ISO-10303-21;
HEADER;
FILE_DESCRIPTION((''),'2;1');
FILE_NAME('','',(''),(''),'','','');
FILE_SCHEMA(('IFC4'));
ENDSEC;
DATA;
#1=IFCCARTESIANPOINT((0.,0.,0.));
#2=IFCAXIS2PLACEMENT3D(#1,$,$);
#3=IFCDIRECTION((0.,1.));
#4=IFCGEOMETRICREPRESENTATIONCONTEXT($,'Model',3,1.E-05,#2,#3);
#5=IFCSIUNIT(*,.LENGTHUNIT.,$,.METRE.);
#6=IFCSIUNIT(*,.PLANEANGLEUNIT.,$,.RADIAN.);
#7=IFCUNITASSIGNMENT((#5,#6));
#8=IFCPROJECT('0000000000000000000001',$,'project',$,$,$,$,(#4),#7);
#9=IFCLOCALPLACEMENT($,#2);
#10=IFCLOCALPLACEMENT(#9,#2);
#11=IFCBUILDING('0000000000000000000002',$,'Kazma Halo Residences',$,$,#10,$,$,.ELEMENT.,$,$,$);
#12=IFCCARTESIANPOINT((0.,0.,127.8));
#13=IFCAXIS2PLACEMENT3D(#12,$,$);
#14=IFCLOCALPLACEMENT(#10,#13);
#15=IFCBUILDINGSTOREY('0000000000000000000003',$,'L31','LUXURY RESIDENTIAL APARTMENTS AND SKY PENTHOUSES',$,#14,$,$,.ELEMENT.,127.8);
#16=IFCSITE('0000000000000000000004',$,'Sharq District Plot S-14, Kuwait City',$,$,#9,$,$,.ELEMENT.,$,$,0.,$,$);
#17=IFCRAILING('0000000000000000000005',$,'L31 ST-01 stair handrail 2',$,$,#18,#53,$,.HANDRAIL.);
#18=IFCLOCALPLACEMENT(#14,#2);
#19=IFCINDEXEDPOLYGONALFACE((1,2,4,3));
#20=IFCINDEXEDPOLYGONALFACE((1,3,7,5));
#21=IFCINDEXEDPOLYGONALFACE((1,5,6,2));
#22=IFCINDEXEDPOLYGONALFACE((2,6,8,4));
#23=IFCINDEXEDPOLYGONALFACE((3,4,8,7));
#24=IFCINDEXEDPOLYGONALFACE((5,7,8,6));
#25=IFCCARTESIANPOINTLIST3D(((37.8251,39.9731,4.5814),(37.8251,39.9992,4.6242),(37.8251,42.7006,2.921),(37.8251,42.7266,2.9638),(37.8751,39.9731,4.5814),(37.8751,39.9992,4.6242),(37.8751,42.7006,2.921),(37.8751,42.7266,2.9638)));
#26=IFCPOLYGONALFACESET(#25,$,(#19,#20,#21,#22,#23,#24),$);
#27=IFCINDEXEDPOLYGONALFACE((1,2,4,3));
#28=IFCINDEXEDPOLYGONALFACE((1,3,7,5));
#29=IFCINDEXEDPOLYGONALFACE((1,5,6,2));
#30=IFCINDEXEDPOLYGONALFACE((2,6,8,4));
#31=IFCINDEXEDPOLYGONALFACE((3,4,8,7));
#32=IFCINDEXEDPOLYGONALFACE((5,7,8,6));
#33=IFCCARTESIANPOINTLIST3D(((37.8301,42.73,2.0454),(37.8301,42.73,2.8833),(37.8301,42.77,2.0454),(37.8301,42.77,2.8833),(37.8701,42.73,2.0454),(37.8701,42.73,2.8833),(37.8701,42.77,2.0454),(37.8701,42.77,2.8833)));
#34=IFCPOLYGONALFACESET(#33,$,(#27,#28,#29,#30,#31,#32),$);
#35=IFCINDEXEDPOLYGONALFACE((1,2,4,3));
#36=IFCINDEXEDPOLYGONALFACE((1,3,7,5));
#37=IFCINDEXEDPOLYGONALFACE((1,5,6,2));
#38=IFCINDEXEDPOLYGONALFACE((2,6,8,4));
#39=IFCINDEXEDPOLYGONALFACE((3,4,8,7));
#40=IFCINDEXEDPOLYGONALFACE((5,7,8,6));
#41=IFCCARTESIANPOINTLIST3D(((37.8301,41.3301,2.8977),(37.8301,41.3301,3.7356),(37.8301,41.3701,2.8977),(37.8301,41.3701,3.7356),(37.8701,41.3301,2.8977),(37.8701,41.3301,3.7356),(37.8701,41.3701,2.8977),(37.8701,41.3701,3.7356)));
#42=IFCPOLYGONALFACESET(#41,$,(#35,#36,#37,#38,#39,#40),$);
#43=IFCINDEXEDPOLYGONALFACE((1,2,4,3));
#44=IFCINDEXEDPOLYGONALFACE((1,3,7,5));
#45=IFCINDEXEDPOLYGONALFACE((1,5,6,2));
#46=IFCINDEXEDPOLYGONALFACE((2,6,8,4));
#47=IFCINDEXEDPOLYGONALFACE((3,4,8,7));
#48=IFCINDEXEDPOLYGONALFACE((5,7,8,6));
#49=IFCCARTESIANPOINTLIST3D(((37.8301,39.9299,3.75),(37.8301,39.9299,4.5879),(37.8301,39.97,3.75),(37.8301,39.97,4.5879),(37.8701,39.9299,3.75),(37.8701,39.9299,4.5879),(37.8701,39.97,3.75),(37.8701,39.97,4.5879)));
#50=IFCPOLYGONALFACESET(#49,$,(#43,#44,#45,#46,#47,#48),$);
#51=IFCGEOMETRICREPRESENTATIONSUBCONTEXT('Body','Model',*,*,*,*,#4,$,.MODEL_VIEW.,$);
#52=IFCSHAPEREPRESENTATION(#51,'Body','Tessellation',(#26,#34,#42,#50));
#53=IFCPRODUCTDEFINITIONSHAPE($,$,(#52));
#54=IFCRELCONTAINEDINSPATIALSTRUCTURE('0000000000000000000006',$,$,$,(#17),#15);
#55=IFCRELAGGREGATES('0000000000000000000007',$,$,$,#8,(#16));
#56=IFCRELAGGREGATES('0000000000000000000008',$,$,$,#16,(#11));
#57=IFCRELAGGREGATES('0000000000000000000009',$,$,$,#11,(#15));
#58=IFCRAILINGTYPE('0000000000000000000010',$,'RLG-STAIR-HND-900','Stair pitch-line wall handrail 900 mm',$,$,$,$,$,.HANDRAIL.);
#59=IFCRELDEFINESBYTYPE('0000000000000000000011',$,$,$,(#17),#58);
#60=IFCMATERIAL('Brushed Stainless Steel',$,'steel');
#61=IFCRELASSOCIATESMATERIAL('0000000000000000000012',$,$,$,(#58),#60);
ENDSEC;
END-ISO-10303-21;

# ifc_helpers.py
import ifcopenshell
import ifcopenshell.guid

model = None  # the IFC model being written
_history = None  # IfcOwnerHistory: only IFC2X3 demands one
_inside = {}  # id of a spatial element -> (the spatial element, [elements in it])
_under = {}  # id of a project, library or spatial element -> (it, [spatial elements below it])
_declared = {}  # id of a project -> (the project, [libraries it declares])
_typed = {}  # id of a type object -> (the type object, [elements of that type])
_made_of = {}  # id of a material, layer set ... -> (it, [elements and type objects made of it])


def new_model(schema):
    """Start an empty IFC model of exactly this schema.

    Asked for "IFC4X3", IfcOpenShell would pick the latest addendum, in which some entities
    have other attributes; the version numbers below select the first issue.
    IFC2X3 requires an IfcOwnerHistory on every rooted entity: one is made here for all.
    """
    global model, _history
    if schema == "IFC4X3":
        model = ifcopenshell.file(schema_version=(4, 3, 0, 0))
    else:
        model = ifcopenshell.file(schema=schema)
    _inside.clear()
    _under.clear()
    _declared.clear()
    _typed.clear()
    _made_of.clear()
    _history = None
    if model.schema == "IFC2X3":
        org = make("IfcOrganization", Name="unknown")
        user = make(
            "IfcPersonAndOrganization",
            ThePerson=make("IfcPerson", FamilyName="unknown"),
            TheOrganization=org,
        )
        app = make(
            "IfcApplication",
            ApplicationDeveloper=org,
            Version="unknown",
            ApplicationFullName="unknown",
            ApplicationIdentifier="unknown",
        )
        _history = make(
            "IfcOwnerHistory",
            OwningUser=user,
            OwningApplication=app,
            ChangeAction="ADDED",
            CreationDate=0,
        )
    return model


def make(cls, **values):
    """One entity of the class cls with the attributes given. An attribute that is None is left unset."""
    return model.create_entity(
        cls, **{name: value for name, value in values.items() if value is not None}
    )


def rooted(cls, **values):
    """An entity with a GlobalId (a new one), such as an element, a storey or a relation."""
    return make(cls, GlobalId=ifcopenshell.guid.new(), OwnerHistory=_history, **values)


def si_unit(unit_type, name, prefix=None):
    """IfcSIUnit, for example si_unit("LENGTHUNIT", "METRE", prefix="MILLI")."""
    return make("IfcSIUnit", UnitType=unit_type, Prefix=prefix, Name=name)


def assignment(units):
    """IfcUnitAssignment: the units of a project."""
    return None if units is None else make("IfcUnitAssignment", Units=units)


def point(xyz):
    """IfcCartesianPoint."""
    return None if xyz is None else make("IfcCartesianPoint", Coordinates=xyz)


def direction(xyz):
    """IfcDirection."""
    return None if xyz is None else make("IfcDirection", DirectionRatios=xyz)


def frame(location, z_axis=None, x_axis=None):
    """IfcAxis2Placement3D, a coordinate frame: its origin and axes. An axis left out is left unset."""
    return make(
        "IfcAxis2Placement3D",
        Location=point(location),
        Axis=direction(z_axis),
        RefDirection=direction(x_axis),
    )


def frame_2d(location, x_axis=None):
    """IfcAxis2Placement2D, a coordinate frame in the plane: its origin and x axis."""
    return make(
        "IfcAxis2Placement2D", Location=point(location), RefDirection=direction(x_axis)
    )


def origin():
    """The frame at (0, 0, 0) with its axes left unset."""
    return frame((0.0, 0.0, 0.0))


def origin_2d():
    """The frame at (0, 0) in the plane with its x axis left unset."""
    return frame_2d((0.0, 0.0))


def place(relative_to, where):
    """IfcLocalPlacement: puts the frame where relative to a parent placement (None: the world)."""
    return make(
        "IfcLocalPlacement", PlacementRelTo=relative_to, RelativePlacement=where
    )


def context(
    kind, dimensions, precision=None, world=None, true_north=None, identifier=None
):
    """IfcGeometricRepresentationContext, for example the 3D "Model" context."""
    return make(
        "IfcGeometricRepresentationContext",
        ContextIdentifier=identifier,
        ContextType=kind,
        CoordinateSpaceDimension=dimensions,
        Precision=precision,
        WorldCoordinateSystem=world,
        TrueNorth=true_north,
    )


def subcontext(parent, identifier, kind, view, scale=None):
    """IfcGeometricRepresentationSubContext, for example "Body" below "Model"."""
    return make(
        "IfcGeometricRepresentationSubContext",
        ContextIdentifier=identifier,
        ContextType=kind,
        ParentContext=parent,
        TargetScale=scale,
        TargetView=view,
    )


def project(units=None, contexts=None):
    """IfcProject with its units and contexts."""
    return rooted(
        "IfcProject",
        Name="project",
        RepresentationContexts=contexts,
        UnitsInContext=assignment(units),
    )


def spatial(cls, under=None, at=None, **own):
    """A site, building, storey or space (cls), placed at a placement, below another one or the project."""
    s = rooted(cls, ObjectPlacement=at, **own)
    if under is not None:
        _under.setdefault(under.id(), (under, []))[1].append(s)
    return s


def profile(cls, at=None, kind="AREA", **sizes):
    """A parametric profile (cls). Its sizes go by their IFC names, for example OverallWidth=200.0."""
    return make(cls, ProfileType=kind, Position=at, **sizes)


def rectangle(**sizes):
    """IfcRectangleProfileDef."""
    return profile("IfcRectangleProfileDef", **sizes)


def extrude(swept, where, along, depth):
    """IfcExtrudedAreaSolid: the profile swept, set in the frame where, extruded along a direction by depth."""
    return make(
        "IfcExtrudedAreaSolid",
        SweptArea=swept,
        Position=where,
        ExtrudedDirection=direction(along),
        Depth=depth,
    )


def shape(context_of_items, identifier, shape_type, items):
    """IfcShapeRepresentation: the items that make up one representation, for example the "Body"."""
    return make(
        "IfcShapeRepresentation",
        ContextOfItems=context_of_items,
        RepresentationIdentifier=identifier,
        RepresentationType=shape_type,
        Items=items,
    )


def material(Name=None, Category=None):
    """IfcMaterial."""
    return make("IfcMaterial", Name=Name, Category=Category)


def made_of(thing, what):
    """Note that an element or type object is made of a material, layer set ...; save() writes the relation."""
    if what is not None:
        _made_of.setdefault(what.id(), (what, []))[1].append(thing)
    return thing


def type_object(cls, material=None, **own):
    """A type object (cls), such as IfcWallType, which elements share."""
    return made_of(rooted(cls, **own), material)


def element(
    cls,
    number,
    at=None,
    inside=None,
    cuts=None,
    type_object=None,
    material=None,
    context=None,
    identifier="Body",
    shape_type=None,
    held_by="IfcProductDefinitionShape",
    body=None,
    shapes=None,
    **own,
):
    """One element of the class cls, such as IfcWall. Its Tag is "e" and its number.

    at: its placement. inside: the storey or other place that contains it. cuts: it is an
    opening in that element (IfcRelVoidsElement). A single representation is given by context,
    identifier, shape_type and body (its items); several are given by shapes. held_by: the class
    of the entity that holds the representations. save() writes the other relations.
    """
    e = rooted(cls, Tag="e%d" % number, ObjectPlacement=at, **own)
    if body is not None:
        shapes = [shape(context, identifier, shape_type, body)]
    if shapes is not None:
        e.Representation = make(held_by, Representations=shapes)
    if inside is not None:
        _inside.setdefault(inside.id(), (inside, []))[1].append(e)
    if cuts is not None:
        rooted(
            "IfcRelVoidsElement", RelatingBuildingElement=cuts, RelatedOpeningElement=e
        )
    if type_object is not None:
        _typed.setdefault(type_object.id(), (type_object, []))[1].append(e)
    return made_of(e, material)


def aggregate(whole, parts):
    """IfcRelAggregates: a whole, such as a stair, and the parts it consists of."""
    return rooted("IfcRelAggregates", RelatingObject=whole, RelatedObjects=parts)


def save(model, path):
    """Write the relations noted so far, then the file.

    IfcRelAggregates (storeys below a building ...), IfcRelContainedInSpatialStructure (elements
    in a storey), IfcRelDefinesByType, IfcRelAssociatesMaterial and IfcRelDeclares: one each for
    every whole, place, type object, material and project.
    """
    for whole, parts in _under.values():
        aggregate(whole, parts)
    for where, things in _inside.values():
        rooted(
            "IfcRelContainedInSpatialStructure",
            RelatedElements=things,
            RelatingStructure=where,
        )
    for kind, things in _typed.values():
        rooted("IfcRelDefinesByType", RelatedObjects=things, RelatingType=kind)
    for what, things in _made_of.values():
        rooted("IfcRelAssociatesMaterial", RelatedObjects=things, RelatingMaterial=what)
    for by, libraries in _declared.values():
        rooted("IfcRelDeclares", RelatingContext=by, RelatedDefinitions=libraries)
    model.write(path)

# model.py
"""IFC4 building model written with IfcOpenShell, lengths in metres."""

from ifc_helpers import new_model, si_unit, direction, frame, origin, origin_2d, place, context, subcontext, project, spatial, rectangle, extrude, material, type_object, element, save


model = new_model("IFC4")

# Units and contexts
model_context = context("Model", 3, precision=1e-05, world=origin(), true_north=direction((0.0, 1.0)))
body_context = subcontext(model_context, "Body", "Model", "MODEL_VIEW")
ifc_project = project(units=[si_unit("LENGTHUNIT", "METRE"), si_unit("PLANEANGLEUNIT", "RADIAN")], contexts=[model_context])

# Site, building, storey
site_placement = place(None, origin())
site = spatial("IfcSite", under=ifc_project, at=site_placement, Name="Sharq District Plot S-14, Kuwait City", CompositionType="ELEMENT", RefElevation=0.0)
building_placement = place(site_placement, origin())
building = spatial("IfcBuilding", under=site, at=building_placement, Name="Kazma Halo Residences", CompositionType="ELEMENT")
storey_placement = place(building_placement, frame((0.0, 0.0, 127.8)))
storey = spatial("IfcBuildingStorey", under=building, at=storey_placement, Name="L31", Description="LUXURY RESIDENTIAL APARTMENTS AND SKY PENTHOUSES", CompositionType="ELEMENT", Elevation=127.8)

# Railing
ifc_material_1 = material(Name="Brushed Stainless Steel", Category="steel")
railing_type_1 = type_object("IfcRailingType", Name="RLG-STAIR-HND-900", Description="Stair pitch-line wall handrail 900 mm", PredefinedType="HANDRAIL", material=ifc_material_1)
railing_1_placement = place(storey_placement, frame((37.8501, 42.75, 2.0454)))
element("IfcRailing", 1, at=railing_1_placement, inside=storey, type_object=railing_type_1, Name="L31 ST-01 stair handrail 2", PredefinedType="HANDRAIL", context=body_context, shape_type="SweptSolid", body=[
    extrude(rectangle(XDim=0.05, YDim=0.05, at=origin_2d()), frame((0.0, -0.0364, 0.897), z_axis=(0.0, -0.85417, 0.519994), x_axis=(1.0, 0.0, 0.0)), (0.0, 0.0, 1.0), 3.1931),
    extrude(rectangle(XDim=0.04, YDim=0.04, at=origin_2d()), origin(), (0.0, 0.0, 1.0), 0.8379),
    extrude(rectangle(XDim=0.04, YDim=0.04, at=origin_2d()), frame((0.0, -1.3999, 0.8523)), (0.0, 0.0, 1.0), 0.8379),
    extrude(rectangle(XDim=0.04, YDim=0.04, at=origin_2d()), frame((0.0, -2.8, 1.7046)), (0.0, 0.0, 1.0), 0.8379),
])

save(model, "model.ifc")
